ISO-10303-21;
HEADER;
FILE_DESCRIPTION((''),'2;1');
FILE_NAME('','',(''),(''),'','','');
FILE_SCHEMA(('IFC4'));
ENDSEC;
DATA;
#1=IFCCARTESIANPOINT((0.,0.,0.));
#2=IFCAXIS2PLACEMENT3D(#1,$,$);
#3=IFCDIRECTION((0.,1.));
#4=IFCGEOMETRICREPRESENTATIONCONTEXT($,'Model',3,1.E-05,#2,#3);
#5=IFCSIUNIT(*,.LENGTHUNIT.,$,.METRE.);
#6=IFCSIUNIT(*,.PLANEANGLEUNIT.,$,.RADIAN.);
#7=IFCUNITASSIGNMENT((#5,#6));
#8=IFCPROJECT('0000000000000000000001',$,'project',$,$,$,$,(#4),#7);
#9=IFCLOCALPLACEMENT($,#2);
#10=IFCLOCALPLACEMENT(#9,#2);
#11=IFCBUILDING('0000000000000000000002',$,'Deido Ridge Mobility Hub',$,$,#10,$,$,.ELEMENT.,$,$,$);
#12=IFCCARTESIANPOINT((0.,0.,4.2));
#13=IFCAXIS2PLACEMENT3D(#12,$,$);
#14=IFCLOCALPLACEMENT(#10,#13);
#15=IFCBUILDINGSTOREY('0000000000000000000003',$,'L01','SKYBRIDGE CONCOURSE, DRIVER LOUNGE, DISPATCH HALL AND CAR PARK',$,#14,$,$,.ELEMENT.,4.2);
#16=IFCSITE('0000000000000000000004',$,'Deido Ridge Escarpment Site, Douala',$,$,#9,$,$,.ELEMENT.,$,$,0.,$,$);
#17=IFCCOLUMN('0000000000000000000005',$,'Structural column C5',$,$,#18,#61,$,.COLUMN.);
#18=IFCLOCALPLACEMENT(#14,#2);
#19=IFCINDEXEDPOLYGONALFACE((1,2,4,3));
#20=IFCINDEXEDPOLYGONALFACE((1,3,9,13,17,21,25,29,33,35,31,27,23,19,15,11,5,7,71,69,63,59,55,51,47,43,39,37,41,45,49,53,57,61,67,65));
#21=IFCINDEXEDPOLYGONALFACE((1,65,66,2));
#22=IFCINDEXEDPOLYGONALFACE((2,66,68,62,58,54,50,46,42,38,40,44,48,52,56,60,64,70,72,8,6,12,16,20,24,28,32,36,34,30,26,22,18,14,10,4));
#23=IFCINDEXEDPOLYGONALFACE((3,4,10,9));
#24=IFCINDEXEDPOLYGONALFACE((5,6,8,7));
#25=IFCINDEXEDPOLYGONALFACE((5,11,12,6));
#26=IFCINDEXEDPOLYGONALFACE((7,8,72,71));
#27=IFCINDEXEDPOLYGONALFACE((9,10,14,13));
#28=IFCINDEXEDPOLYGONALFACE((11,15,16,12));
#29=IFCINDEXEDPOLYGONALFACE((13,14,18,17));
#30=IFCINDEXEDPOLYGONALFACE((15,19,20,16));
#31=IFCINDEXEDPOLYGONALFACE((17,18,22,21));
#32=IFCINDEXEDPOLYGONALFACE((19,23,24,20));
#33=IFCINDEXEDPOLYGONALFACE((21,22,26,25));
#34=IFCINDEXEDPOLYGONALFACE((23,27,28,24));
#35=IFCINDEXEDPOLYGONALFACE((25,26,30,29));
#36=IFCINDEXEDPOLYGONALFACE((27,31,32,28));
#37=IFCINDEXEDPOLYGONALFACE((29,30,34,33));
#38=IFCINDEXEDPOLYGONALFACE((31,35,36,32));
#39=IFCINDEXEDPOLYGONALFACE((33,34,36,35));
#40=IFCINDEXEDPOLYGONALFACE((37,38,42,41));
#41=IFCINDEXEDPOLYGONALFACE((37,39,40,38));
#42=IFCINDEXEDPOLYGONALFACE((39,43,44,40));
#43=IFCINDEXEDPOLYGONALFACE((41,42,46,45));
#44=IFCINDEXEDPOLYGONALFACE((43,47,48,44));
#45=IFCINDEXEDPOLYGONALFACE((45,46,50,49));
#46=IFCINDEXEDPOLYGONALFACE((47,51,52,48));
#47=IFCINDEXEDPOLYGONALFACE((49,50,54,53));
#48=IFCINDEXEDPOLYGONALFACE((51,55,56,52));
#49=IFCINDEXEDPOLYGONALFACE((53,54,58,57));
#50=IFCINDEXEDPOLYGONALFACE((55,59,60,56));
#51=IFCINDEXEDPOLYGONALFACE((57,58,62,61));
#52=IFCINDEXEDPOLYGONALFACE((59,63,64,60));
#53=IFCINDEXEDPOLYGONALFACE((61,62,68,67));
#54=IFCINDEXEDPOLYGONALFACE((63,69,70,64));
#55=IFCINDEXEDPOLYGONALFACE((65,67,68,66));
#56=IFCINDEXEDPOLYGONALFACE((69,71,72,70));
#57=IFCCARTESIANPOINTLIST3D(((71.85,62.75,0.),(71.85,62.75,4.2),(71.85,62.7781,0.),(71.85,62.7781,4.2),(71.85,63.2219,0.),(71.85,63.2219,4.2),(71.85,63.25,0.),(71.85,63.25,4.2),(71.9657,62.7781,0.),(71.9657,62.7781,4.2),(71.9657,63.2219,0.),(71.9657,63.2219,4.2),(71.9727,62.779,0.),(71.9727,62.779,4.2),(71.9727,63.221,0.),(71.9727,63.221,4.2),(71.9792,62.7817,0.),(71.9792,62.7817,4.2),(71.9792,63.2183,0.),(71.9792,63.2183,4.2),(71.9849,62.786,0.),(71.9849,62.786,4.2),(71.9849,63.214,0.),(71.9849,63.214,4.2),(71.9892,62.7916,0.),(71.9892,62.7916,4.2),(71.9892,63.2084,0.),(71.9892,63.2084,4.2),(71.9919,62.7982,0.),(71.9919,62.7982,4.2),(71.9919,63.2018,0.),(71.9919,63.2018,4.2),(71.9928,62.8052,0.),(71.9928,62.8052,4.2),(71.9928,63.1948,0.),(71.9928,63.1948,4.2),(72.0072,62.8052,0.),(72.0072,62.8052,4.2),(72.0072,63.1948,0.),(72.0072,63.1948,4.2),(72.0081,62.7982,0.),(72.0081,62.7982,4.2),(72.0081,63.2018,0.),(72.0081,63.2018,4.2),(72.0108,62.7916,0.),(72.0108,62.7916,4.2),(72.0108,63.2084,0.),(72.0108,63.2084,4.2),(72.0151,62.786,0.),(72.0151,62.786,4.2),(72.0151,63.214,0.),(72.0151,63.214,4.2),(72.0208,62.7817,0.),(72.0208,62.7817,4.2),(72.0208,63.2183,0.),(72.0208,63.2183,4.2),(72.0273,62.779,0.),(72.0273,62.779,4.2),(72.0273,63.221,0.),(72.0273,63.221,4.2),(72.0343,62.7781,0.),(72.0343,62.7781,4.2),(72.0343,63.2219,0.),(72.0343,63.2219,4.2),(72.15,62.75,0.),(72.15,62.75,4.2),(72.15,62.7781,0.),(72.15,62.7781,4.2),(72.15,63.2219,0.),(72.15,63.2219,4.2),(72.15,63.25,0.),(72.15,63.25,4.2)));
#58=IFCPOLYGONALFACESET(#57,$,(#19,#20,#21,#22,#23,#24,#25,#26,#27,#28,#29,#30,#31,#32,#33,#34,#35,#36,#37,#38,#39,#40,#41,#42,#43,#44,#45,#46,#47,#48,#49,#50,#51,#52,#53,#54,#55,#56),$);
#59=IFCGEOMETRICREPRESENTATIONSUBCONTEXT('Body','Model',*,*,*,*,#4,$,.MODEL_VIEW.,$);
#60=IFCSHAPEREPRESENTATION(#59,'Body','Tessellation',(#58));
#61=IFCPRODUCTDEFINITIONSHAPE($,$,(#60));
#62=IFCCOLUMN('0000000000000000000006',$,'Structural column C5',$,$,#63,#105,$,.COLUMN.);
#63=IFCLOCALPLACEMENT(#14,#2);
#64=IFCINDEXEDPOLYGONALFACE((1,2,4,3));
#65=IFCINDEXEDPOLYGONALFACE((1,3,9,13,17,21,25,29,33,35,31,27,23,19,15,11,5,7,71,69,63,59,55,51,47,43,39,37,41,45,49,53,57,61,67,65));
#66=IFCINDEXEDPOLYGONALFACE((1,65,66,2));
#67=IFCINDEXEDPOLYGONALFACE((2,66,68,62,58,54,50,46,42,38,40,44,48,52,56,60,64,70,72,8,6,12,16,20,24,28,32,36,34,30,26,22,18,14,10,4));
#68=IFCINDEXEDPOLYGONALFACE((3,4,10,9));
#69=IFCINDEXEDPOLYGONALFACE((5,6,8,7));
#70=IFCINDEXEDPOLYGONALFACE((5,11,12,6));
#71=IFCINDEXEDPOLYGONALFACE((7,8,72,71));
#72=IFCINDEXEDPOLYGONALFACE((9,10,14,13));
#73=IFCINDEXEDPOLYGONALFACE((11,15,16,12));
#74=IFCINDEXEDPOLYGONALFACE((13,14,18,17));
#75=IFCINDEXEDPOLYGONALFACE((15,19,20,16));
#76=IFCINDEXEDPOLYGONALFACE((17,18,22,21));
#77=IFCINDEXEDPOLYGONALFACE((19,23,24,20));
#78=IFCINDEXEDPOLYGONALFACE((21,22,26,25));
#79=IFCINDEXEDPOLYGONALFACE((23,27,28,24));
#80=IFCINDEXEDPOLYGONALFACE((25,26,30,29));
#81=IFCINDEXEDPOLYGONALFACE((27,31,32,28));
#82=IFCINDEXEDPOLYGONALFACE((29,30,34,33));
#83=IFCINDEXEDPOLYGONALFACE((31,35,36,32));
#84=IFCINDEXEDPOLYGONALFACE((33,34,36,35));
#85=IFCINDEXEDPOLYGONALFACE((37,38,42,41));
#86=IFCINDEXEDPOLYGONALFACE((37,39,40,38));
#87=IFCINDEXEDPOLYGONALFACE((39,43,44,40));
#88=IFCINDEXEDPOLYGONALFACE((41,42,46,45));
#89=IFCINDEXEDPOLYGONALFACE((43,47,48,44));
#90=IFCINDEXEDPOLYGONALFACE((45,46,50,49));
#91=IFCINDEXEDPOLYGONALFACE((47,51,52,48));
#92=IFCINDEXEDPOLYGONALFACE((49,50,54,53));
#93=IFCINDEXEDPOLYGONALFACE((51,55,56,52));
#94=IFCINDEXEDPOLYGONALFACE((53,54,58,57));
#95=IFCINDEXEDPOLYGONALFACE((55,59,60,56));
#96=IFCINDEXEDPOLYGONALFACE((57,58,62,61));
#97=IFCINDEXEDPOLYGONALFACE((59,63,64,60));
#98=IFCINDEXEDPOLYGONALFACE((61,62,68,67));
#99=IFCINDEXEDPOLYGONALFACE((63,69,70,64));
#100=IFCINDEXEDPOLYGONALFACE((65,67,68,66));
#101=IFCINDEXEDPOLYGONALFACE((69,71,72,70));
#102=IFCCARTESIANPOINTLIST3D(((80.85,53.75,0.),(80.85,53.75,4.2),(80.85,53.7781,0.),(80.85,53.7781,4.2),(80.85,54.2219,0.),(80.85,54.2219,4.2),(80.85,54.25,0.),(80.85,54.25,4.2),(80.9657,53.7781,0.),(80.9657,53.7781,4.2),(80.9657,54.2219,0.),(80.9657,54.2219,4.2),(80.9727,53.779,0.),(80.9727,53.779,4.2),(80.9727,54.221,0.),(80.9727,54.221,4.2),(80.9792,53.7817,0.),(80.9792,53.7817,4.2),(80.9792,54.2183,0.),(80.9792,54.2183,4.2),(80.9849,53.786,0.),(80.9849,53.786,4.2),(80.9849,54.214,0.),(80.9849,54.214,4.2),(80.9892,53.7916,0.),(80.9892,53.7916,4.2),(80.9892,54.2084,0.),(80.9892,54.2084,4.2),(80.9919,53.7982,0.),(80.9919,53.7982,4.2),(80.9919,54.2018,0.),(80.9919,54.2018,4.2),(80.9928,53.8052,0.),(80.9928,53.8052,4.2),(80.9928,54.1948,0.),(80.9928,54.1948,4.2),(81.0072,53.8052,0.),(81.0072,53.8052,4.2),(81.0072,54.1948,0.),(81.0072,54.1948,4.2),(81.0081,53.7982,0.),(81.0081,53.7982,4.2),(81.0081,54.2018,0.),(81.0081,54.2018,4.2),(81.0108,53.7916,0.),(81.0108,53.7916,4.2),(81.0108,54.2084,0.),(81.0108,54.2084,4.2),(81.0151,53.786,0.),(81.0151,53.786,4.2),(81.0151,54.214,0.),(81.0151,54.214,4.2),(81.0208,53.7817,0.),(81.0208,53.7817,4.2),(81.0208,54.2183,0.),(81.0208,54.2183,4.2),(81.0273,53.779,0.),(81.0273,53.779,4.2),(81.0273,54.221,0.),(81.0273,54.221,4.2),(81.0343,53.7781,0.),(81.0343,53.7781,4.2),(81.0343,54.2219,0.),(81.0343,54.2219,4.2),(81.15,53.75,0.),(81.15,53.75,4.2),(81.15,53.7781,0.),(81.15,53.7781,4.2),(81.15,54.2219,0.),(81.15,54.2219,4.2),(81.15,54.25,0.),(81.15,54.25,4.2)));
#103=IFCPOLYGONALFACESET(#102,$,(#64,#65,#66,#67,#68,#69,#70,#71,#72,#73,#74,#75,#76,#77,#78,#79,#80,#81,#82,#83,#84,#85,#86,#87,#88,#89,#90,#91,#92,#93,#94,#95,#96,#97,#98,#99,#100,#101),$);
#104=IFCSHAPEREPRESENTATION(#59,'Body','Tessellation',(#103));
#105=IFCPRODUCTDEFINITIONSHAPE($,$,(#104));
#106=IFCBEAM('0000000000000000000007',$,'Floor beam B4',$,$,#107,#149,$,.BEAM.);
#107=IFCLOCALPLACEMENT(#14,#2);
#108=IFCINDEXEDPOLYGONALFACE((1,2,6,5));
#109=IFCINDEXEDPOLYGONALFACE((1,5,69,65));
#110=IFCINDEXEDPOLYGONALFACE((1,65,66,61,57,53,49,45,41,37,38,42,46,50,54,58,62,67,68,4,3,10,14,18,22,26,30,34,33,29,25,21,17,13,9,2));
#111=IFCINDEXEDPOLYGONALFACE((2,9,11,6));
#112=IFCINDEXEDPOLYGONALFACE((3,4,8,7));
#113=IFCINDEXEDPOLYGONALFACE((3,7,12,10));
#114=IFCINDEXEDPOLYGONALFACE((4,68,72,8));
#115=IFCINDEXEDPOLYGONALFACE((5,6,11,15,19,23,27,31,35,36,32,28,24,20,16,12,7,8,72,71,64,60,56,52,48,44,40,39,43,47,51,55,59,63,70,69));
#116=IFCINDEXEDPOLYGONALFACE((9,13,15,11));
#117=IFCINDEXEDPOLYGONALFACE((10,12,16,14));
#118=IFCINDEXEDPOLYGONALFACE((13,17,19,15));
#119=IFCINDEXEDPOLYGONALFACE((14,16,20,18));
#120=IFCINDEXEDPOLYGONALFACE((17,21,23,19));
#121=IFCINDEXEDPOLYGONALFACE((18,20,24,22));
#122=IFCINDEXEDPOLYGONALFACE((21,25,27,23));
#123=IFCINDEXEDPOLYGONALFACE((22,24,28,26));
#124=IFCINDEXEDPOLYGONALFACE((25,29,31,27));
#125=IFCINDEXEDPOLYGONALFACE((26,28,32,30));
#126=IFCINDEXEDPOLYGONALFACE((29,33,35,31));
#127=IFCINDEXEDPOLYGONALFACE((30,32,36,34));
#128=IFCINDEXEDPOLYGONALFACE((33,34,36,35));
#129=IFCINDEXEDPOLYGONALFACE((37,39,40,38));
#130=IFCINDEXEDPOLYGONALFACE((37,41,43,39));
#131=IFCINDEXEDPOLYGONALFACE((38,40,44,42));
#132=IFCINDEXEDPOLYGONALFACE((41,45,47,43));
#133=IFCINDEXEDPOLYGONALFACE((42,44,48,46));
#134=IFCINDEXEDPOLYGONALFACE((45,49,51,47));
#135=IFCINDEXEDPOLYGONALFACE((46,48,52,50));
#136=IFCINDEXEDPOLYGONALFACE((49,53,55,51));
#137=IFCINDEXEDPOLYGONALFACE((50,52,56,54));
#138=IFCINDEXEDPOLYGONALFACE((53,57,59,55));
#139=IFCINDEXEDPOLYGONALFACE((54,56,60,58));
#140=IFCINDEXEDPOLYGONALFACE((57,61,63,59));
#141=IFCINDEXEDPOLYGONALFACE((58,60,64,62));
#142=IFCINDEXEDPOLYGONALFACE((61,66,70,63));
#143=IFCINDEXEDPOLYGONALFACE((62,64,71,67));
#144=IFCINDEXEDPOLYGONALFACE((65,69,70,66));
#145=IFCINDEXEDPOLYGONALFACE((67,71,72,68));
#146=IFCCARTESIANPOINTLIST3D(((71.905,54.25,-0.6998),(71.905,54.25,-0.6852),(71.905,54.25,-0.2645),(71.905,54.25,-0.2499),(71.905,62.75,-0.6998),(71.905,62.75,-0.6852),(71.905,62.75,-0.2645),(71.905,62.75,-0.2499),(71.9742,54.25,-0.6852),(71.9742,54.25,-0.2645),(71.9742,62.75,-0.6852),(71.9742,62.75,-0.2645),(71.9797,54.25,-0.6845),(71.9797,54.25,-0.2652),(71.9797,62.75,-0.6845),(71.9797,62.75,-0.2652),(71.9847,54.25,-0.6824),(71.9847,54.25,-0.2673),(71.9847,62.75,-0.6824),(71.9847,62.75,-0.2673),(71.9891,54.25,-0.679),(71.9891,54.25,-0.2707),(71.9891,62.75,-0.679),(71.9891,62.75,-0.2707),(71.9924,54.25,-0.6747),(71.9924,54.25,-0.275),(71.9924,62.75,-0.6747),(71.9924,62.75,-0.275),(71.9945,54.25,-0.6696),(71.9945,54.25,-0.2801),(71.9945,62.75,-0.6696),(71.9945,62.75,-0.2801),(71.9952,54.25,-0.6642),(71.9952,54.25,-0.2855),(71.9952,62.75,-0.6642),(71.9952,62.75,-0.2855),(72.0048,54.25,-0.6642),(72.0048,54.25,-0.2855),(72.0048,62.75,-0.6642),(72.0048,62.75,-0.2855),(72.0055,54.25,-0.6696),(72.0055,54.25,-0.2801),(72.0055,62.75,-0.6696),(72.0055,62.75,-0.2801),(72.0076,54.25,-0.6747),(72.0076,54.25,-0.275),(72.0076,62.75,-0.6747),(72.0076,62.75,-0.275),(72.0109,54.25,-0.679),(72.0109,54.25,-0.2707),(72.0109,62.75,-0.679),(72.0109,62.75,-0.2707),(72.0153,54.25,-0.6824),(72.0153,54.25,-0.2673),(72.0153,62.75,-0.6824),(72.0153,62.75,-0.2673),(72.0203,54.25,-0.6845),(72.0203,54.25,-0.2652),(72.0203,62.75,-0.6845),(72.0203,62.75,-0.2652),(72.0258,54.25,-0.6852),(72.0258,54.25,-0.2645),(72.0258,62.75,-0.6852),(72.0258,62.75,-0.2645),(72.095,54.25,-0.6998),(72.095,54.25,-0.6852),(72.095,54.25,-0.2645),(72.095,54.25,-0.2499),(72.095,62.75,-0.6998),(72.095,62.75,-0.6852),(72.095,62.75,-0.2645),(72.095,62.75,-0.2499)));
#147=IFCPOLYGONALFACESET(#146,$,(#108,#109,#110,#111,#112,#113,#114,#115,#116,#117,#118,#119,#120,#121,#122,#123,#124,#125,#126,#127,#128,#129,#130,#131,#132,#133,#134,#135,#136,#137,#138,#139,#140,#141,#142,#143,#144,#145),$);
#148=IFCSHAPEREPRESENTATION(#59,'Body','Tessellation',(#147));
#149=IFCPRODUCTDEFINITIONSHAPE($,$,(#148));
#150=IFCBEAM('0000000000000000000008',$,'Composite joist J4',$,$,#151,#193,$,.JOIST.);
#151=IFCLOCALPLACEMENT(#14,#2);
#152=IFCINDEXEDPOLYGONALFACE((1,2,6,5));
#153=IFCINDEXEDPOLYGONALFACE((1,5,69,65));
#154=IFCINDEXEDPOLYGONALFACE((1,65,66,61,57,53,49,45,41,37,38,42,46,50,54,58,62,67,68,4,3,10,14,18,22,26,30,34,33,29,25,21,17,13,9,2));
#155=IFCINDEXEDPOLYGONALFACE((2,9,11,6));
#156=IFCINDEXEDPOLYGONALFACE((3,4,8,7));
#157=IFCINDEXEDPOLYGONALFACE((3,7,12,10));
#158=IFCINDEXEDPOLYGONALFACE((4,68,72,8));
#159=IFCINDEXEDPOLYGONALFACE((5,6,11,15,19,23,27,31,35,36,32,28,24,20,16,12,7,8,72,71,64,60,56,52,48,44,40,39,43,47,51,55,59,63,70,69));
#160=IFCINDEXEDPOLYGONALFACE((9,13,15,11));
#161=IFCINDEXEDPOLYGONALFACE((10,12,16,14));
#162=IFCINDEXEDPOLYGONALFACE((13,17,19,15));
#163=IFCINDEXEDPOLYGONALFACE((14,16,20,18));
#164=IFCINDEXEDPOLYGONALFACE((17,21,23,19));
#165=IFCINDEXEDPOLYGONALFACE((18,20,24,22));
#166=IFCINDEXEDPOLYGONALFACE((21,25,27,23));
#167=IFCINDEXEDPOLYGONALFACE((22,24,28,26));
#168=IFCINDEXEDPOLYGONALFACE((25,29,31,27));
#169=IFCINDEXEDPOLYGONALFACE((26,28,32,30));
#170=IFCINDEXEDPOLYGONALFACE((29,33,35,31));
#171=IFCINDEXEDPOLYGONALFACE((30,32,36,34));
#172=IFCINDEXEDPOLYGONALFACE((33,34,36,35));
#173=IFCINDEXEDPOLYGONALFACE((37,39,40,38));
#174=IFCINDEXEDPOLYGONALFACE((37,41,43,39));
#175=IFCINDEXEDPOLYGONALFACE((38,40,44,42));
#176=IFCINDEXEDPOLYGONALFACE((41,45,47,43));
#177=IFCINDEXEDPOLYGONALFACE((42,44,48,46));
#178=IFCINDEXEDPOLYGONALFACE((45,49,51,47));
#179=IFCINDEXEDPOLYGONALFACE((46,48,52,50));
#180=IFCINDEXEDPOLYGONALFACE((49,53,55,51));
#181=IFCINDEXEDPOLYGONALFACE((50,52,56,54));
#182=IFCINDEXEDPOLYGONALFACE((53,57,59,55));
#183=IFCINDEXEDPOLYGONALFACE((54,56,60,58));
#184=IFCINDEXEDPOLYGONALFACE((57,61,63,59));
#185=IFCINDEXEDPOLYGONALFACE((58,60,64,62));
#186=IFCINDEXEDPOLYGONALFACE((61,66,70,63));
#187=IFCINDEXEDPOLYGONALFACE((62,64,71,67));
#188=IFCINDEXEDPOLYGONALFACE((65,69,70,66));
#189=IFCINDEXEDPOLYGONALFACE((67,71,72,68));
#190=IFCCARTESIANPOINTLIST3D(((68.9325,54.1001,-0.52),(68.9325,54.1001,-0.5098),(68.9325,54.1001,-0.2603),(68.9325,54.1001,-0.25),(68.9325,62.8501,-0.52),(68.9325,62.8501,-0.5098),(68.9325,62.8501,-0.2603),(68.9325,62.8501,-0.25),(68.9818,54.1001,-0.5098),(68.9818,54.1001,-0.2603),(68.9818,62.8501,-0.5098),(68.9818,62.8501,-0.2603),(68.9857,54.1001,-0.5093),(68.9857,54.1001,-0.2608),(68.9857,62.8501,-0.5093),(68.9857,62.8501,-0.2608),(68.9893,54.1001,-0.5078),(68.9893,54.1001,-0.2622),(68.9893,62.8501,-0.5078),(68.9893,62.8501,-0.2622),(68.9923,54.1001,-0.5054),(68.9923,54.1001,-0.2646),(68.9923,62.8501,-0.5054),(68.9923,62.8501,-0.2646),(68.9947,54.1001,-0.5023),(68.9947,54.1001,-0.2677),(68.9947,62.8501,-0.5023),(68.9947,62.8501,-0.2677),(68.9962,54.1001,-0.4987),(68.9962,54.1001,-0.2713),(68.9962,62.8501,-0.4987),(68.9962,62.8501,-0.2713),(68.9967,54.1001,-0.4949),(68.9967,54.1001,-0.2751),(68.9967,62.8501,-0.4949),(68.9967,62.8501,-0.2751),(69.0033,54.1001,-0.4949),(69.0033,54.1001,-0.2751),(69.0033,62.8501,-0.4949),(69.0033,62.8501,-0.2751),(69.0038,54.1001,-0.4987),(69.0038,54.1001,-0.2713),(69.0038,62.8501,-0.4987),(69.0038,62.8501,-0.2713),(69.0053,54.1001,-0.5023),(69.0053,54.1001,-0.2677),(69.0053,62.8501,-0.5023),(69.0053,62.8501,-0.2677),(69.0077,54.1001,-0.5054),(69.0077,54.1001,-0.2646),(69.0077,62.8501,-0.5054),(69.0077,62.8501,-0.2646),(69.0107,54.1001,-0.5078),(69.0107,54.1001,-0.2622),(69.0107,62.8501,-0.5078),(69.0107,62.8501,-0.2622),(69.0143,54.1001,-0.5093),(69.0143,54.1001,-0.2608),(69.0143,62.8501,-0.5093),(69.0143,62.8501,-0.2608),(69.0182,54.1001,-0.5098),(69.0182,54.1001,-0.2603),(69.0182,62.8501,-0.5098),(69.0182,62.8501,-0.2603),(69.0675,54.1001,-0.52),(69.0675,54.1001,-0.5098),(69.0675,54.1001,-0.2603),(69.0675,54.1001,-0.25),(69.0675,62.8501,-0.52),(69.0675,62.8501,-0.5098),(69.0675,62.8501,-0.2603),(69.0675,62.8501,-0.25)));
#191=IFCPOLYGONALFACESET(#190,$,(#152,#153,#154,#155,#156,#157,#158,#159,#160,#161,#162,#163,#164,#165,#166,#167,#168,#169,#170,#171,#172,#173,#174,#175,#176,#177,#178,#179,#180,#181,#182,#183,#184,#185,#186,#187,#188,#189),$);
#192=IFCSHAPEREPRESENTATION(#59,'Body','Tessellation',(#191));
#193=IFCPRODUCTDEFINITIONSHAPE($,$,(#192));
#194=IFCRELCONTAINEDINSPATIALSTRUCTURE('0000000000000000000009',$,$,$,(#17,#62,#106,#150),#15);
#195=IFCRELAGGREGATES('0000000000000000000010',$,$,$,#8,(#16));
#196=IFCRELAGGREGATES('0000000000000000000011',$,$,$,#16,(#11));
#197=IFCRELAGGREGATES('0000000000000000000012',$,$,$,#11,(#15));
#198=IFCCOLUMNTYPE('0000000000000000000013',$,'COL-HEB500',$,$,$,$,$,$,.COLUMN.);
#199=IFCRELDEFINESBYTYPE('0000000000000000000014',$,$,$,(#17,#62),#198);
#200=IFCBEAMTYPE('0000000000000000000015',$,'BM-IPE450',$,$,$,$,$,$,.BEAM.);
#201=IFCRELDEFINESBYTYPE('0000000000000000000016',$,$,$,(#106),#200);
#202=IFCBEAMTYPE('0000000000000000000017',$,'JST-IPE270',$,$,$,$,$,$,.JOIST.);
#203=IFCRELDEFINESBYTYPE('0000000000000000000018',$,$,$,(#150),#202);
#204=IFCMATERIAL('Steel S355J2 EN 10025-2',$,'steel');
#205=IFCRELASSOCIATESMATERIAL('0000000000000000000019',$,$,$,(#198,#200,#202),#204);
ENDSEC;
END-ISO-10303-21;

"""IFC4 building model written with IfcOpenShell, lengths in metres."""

from ifc_helpers import new_model, si_unit, direction, frame, origin, origin_2d, place, context, subcontext, project, spatial, i_section, extrude, material, material_profile, profile_set, type_object, element, save


model = new_model("IFC4")

# Units and contexts
model_context = context("Model", 3, precision=1e-05, world=origin(), true_north=direction((0.0, 1.0)))
body_context = subcontext(model_context, "Body", "Model", "MODEL_VIEW")
ifc_project = project(units=[si_unit("LENGTHUNIT", "METRE"), si_unit("PLANEANGLEUNIT", "RADIAN")], contexts=[model_context])

# Site, building, storey
site_placement = place(None, origin())
site = spatial("IfcSite", under=ifc_project, at=site_placement, Name="Deido Ridge Escarpment Site, Douala", CompositionType="ELEMENT", RefElevation=0.0)
building_placement = place(site_placement, origin())
building = spatial("IfcBuilding", under=site, at=building_placement, Name="Deido Ridge Mobility Hub", CompositionType="ELEMENT")
storey_placement = place(building_placement, frame((0.0, 0.0, 4.2)))
storey = spatial("IfcBuildingStorey", under=building, at=storey_placement, Name="L01", Description="SKYBRIDGE CONCOURSE, DRIVER LOUNGE, DISPATCH HALL AND CAR PARK", CompositionType="ELEMENT", Elevation=4.2)

# Columns
ifc_material_1 = material(Name="Steel S355J2 EN 10025-2", Category="steel")
ifc_material_profile_1 = material_profile(ifc_material_1, i_section(OverallWidth=0.3, OverallDepth=0.5, WebThickness=0.0144, FlangeThickness=0.0281, FilletRadius=0.0271, at=origin_2d()), Name="HEB 500")
ifc_profile_set_1 = profile_set([ifc_material_profile_1], Name="Steel S355J2 EN 10025-2")
column_type = type_object("IfcColumnType", Name="COL-HEB500", PredefinedType="COLUMN", material=ifc_profile_set_1)
for number, where, z_axis, x_axis, name in (
    (1, (72.0, 63.0, 0.0), (0.0, 0.0, 1.0), (1.0, 0.0, 0.0), "Structural column C5"),
    (2, (81.0, 54.0, 0.0), (0.0, 0.0, 1.0), (1.0, 0.0, 0.0), "Structural column C5"),
):
    element("IfcColumn", number, at=place(storey_placement, frame(where, z_axis=z_axis, x_axis=x_axis)), inside=storey, type_object=column_type, Name=name, PredefinedType="COLUMN", context=body_context, shape_type="SweptSolid", body=[
        extrude(i_section(OverallWidth=0.3, OverallDepth=0.5, WebThickness=0.0144, FlangeThickness=0.0281, FilletRadius=0.0271, at=origin_2d()), origin(), (0.0, 0.0, 1.0), 4.2),
    ])

# Beams
ifc_material_profile_2 = material_profile(ifc_material_1, i_section(OverallWidth=0.1899, OverallDepth=0.45, WebThickness=0.0095, FlangeThickness=0.0146, FilletRadius=0.021, at=origin_2d()), Name="IPE 450")
ifc_profile_set_2 = profile_set([ifc_material_profile_2], Name="Steel S355J2 EN 10025-2")
beam_type_1 = type_object("IfcBeamType", Name="BM-IPE450", PredefinedType="BEAM", material=ifc_profile_set_2)
beam_1_placement = place(storey_placement, frame((72.0, 54.25, -0.4749), z_axis=(0.0, 1.0, 0.0), x_axis=(-1.0, 0.0, 0.0)))
element("IfcBeam", 3, at=beam_1_placement, inside=storey, type_object=beam_type_1, Name="Floor beam B4", PredefinedType="BEAM", context=body_context, shape_type="SweptSolid", body=[
    extrude(i_section(OverallWidth=0.1899, OverallDepth=0.45, WebThickness=0.0095, FlangeThickness=0.0146, FilletRadius=0.021, at=origin_2d()), origin(), (0.0, 0.0, 1.0), 8.5),
])
ifc_material_profile_3 = material_profile(ifc_material_1, i_section(OverallWidth=0.135, OverallDepth=0.27, WebThickness=0.0066, FlangeThickness=0.0103, FilletRadius=0.0149, at=origin_2d()), Name="IPE 270")
ifc_profile_set_3 = profile_set([ifc_material_profile_3], Name="Steel S355J2 EN 10025-2")
beam_type_2 = type_object("IfcBeamType", Name="JST-IPE270", PredefinedType="JOIST", material=ifc_profile_set_3)
beam_2_placement = place(storey_placement, frame((69.0, 54.1001, -0.385), z_axis=(0.0, 1.0, 0.0), x_axis=(-1.0, 0.0, 0.0)))
element("IfcBeam", 4, at=beam_2_placement, inside=storey, type_object=beam_type_2, Name="Composite joist J4", PredefinedType="JOIST", context=body_context, shape_type="SweptSolid", body=[
    extrude(i_section(OverallWidth=0.135, OverallDepth=0.27, WebThickness=0.0066, FlangeThickness=0.0103, FilletRadius=0.0149, at=origin_2d()), origin(), (0.0, 0.0, 1.0), 8.75),
])

save(model, "model.ifc")
